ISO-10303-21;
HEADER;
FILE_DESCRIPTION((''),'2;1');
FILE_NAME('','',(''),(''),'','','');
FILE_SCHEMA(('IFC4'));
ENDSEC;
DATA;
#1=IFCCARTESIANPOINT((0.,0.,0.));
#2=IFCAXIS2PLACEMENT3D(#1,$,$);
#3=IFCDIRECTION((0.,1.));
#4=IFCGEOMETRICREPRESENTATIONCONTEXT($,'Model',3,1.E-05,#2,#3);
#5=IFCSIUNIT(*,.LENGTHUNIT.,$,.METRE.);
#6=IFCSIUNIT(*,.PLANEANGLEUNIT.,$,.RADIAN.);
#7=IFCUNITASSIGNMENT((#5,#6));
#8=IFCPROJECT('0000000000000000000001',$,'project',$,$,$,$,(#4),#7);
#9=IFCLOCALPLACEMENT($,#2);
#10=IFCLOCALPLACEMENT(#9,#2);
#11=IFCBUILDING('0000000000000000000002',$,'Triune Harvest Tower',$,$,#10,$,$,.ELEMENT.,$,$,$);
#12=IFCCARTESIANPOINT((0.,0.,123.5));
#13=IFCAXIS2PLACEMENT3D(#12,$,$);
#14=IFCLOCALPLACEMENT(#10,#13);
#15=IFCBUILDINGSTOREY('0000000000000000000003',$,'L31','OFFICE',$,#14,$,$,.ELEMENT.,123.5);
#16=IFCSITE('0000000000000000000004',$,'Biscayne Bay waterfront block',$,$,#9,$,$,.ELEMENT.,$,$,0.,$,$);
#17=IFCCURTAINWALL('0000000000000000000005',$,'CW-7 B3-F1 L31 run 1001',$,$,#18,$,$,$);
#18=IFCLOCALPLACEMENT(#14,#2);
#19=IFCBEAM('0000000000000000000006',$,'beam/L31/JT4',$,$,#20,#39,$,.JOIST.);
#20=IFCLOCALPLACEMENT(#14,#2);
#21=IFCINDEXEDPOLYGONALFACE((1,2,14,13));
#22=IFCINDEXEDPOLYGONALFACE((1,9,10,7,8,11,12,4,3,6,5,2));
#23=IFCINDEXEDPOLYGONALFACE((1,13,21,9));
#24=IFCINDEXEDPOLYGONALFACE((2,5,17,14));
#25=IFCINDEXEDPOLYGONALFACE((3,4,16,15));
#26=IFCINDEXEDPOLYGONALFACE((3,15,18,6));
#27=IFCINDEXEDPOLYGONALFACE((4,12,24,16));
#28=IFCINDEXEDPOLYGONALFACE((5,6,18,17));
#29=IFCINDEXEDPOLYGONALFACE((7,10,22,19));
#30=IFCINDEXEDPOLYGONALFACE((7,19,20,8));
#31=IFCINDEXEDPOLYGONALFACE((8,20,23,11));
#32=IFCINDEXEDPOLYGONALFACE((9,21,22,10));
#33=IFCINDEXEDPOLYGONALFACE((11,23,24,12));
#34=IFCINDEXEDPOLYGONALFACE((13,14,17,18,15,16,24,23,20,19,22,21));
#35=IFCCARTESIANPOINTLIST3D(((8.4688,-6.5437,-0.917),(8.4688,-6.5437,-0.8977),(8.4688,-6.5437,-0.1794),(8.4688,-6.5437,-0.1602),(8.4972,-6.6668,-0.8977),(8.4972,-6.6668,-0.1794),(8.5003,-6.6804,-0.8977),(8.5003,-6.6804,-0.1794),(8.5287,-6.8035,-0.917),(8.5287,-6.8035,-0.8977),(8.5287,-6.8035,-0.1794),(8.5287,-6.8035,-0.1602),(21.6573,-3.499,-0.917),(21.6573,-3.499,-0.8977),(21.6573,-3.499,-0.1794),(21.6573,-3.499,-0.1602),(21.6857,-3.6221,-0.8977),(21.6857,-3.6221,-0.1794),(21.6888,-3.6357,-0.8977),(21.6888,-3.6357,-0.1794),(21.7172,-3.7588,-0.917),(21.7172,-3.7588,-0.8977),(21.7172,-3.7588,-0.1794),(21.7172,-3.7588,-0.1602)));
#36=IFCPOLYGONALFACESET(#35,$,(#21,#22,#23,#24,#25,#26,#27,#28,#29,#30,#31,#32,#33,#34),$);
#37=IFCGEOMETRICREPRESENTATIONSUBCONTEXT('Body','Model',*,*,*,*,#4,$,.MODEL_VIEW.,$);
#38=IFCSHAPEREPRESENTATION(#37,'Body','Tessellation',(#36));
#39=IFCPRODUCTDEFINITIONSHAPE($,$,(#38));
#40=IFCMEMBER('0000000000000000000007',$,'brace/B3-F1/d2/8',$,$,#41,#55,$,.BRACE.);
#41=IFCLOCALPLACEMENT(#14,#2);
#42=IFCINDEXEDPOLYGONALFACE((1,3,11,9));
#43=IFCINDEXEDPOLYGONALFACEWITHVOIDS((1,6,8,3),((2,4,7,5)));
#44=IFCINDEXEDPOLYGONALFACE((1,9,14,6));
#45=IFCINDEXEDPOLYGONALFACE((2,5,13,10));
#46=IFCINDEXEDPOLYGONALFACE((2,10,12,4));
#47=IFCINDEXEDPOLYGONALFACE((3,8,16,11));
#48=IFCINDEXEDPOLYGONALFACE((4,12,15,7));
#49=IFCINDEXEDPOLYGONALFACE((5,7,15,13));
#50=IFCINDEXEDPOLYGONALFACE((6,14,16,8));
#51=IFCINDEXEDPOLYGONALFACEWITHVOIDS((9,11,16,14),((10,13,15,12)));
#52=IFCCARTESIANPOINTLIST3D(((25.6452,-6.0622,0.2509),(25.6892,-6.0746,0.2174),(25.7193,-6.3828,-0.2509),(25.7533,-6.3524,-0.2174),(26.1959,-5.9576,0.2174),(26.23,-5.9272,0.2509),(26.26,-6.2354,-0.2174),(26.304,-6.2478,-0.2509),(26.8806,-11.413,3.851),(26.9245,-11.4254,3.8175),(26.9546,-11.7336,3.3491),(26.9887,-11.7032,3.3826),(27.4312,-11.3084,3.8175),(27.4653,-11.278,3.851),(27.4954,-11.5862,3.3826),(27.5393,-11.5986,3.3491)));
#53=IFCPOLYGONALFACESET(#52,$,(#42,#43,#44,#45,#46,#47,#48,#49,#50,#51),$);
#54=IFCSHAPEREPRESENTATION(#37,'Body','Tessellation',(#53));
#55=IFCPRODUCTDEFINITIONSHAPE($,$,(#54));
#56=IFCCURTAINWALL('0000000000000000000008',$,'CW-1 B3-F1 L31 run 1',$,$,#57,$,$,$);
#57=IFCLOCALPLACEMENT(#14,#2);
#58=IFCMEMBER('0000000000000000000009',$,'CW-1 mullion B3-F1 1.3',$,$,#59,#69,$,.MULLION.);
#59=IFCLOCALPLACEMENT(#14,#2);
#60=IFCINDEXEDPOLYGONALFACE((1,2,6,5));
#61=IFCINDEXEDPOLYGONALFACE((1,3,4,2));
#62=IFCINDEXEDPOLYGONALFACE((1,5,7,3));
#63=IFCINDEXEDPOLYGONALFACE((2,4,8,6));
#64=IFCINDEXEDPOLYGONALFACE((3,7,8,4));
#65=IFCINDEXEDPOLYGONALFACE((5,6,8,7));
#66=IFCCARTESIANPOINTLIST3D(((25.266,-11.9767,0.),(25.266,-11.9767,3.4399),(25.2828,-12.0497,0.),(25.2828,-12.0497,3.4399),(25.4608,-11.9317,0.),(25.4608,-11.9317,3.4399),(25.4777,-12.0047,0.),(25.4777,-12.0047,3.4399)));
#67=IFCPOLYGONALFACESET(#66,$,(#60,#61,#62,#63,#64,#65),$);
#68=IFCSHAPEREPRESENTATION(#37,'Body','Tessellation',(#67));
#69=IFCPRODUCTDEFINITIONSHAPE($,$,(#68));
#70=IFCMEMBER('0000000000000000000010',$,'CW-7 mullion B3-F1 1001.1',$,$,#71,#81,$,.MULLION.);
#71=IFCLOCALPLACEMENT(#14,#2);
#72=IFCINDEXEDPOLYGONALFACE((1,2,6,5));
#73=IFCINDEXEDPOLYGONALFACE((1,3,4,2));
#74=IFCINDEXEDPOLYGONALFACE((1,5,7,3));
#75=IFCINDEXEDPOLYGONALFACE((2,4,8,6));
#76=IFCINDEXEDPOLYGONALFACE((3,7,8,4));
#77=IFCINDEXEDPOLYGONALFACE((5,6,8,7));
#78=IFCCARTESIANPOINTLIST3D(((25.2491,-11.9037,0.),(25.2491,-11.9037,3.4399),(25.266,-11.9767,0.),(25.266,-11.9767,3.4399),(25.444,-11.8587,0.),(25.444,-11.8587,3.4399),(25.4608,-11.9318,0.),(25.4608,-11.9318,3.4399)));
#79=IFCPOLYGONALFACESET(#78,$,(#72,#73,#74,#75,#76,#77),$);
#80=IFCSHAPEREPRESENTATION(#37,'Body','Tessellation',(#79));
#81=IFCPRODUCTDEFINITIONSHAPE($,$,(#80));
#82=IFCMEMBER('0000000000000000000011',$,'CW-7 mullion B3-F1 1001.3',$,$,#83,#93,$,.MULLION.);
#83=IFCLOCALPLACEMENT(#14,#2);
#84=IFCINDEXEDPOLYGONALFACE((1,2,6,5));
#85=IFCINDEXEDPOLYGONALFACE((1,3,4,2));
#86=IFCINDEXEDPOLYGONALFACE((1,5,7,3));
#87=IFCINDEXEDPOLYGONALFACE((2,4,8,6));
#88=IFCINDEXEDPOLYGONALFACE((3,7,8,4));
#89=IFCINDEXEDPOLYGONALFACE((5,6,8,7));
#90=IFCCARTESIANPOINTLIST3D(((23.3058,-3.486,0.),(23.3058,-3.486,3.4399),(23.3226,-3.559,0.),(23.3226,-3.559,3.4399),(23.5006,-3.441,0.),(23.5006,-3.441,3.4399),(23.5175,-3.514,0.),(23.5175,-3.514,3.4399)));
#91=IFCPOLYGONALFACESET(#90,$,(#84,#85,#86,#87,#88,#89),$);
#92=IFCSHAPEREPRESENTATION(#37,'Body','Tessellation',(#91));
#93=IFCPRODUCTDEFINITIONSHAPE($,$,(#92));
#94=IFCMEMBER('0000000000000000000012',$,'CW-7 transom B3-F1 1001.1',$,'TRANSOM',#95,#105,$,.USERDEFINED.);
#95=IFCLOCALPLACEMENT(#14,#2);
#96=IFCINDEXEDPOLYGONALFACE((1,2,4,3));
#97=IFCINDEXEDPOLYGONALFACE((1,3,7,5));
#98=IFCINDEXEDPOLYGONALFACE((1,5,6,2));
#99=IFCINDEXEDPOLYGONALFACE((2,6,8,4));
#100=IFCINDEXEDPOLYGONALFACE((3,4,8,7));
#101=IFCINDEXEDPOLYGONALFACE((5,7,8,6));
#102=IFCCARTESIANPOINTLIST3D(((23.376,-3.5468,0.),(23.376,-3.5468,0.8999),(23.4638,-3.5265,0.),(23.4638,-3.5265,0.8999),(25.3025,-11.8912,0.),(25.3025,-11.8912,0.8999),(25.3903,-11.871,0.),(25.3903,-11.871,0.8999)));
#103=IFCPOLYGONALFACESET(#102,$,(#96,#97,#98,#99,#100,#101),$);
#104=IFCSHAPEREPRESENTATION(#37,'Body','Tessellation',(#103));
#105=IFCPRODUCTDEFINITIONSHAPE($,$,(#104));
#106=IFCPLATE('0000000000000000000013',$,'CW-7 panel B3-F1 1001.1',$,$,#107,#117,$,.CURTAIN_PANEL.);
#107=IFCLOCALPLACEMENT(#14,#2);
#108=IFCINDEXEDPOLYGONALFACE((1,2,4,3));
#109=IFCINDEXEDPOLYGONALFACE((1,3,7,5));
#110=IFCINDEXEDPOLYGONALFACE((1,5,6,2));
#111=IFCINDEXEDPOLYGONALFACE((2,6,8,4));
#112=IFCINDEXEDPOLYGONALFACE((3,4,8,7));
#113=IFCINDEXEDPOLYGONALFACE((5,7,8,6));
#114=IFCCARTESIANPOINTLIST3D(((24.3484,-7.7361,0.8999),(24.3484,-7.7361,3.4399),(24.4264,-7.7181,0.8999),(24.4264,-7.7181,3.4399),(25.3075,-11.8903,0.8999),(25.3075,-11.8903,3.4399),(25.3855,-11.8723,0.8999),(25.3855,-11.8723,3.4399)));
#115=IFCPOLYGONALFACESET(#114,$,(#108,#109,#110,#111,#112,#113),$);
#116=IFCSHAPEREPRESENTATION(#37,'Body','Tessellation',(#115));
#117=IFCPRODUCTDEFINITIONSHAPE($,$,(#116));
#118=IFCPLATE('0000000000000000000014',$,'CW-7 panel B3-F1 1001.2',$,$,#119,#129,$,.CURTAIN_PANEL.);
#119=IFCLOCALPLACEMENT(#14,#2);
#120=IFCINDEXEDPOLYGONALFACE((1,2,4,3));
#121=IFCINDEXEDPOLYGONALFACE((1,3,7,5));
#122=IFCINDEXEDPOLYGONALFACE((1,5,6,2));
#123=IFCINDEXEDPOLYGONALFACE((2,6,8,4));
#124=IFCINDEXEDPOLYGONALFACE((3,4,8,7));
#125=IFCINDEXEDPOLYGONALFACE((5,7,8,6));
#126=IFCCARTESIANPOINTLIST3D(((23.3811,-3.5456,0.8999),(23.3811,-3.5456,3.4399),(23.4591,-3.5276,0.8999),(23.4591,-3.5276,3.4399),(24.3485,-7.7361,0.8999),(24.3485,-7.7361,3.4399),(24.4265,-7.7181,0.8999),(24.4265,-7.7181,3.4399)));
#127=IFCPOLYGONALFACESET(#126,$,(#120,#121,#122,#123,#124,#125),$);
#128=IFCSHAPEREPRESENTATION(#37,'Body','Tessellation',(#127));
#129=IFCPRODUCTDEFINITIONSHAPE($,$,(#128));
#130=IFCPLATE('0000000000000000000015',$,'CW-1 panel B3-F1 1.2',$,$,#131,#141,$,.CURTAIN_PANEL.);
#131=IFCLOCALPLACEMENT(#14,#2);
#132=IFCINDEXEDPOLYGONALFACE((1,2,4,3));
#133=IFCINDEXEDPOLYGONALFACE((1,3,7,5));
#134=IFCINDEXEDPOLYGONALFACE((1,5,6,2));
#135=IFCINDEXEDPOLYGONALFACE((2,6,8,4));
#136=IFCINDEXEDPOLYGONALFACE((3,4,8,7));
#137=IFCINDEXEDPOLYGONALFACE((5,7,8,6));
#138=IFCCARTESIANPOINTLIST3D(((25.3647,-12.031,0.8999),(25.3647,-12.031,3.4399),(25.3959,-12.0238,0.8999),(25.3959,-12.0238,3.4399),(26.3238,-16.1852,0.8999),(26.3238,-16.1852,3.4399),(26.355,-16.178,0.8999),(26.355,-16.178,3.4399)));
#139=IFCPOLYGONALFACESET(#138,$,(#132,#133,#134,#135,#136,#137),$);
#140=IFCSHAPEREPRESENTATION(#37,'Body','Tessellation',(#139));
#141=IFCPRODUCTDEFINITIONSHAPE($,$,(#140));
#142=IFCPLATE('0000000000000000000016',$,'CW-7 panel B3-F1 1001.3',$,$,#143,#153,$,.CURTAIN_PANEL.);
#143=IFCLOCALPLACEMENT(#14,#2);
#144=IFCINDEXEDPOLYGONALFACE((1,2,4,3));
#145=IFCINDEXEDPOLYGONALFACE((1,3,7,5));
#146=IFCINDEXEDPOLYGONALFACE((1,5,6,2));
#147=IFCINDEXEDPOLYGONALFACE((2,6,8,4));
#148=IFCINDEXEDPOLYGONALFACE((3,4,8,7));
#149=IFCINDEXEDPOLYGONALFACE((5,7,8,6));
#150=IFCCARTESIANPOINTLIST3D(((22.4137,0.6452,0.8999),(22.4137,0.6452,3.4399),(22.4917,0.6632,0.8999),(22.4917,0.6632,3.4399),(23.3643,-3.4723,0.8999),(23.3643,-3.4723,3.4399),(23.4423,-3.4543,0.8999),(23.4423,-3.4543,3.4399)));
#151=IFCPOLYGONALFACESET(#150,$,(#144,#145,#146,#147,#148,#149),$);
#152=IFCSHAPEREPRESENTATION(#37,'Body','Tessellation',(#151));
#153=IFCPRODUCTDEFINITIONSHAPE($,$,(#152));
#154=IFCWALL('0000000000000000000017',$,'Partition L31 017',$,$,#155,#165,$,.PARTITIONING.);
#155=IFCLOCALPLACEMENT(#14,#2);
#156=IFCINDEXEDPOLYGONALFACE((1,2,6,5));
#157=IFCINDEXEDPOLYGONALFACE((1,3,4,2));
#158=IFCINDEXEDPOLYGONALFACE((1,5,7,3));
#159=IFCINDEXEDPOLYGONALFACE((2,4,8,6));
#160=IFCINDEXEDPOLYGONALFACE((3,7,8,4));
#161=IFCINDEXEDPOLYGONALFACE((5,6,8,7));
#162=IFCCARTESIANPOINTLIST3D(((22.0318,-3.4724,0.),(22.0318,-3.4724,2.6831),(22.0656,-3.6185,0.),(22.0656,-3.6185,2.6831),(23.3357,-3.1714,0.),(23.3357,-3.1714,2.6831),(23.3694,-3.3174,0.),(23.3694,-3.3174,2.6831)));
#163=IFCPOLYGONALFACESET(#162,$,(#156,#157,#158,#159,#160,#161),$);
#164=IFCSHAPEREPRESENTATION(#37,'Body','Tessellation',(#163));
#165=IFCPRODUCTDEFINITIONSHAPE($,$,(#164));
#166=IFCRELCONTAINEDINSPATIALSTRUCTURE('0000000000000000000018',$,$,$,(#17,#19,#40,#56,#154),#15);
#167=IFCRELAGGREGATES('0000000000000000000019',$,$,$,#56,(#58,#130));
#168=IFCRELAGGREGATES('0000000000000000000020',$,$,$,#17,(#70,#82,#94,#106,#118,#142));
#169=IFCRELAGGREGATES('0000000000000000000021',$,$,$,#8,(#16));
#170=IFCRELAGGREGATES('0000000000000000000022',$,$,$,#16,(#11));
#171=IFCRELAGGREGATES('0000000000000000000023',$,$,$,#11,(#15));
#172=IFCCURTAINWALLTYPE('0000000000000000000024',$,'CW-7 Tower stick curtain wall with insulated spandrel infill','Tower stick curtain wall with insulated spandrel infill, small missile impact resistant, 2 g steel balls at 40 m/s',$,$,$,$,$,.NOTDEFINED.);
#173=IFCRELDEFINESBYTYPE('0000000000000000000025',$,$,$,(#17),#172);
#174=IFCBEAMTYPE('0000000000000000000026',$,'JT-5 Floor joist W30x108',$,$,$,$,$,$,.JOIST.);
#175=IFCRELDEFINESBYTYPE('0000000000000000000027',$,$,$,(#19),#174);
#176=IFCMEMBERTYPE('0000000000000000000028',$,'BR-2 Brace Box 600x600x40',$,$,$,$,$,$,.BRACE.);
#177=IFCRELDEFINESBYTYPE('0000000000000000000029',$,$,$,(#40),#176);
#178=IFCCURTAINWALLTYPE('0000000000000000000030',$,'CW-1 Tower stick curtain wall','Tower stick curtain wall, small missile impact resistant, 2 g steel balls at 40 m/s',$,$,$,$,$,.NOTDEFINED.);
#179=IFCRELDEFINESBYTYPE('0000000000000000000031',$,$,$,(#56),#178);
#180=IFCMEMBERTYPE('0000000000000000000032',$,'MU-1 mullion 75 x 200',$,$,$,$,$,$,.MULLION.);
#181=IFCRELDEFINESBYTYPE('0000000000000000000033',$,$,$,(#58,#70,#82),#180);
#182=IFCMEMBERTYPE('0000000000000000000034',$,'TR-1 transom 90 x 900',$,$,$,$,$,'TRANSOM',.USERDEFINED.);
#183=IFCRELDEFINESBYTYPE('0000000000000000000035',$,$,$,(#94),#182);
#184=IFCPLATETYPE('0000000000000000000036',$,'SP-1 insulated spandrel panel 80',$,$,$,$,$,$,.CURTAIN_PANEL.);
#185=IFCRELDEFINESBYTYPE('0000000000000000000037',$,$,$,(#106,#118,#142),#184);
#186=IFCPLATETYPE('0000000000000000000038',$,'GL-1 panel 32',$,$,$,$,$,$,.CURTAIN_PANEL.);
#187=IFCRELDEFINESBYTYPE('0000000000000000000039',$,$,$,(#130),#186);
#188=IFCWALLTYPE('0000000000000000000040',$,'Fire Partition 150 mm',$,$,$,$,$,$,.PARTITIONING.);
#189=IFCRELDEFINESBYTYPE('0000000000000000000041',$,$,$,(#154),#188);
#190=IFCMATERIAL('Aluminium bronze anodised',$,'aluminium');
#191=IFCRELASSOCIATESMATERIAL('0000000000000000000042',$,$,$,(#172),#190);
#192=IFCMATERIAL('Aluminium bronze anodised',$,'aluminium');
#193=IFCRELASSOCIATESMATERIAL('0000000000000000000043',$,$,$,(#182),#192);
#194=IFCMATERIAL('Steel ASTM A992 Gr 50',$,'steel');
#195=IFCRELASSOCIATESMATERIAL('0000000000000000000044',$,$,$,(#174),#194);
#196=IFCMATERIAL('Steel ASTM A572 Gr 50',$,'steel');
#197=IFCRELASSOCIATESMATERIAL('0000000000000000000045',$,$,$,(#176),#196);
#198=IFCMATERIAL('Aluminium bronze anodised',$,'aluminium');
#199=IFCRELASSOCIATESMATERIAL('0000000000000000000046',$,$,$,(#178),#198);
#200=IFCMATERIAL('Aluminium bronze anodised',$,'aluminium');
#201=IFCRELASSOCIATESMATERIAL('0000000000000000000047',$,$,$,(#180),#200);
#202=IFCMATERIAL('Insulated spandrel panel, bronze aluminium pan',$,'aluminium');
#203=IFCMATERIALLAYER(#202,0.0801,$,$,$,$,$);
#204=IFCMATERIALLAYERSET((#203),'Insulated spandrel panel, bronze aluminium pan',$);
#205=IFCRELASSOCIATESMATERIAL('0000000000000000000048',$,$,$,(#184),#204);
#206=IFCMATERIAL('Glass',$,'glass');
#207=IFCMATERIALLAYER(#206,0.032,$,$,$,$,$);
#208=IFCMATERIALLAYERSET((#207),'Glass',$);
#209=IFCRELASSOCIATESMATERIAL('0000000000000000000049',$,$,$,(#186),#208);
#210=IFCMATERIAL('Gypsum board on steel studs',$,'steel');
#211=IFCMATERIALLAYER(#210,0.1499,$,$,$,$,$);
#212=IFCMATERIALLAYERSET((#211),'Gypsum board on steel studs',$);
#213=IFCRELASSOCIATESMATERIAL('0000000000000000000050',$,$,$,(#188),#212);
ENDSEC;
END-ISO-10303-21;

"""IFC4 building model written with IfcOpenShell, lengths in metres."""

from ifc_helpers import new_model, si_unit, direction, frame, frame_2d, origin, origin_2d, place, context, subcontext, project, spatial, rectangle, hollow_rectangle, i_section, extrude, source, transform, mapped, material, layer, layer_set, material_profile, profile_set, type_object, element, aggregate, save


model = new_model("IFC4")

# Units and contexts
model_context = context("Model", 3, precision=1e-05, world=origin(), true_north=direction((0.0, 1.0)))
body_context = subcontext(model_context, "Body", "Model", "MODEL_VIEW")
ifc_project = project(units=[si_unit("LENGTHUNIT", "METRE"), si_unit("PLANEANGLEUNIT", "RADIAN")], contexts=[model_context])

# Site, building, storey
site_placement = place(None, origin())
site = spatial("IfcSite", under=ifc_project, at=site_placement, Name="Biscayne Bay waterfront block", CompositionType="ELEMENT", RefElevation=0.0)
building_placement = place(site_placement, origin())
building = spatial("IfcBuilding", under=site, at=building_placement, Name="Triune Harvest Tower", CompositionType="ELEMENT")
storey_placement = place(building_placement, frame((0.0, 0.0, 123.5)))
storey = spatial("IfcBuildingStorey", under=building, at=storey_placement, Name="L31", Description="OFFICE", CompositionType="ELEMENT", Elevation=123.5)

# Curtain wall
ifc_material_1 = material(Name="Aluminium bronze anodised", Category="aluminium")
curtain_wall_type_1 = type_object("IfcCurtainWallType", Name="CW-7 Tower stick curtain wall with insulated spandrel infill", Description="Tower stick curtain wall with insulated spandrel infill, small missile impact resistant, 2 g steel balls at 40 m/s", PredefinedType="NOTDEFINED", material=ifc_material_1)
curtain_wall_1_placement = place(storey_placement, origin())
curtain_wall_1 = element("IfcCurtainWall", 1, at=curtain_wall_1_placement, inside=storey, type_object=curtain_wall_type_1, Name="CW-7 B3-F1 L31 run 1001")
ifc_material_2 = material(Name="Aluminium bronze anodised", Category="aluminium")
ifc_material_profile_1 = material_profile(ifc_material_2, rectangle(XDim=0.0901, YDim=0.8999, at=origin_2d()), Name="TR-1 transom 90 x 900")
ifc_profile_set_1 = profile_set([ifc_material_profile_1], Name="Aluminium bronze anodised")
member_type_1 = type_object("IfcMemberType", Name="TR-1 transom 90 x 900", ElementType="TRANSOM", PredefinedType="USERDEFINED", material=ifc_profile_set_1)

# Beam
ifc_material_3 = material(Name="Steel ASTM A992 Gr 50", Category="steel")
ifc_material_profile_2 = material_profile(ifc_material_3, i_section(OverallWidth=0.2666, OverallDepth=0.7568, WebThickness=0.0139, FlangeThickness=0.0193, at=origin_2d()), Name="W30x108")
ifc_profile_set_2 = profile_set([ifc_material_profile_2], Name="Steel ASTM A992 Gr 50")
beam_type_1 = type_object("IfcBeamType", Name="JT-5 Floor joist W30x108", PredefinedType="JOIST", material=ifc_profile_set_2)
shared_shape_1 = source(origin(), body_context, "Body", "SweptSolid", [
    extrude(i_section(OverallWidth=0.2666, OverallDepth=0.7568, WebThickness=0.0139, FlangeThickness=0.0193, at=origin_2d()), origin(), (0.0, 0.0, 1.0), 13.5354),
])
beam_1_placement = place(storey_placement, frame((21.6873, -3.6289, -0.5386), z_axis=(-0.974372, -0.224942, 0.0), x_axis=(0.224942, -0.974372, 0.0)))
element("IfcBeam", 2, at=beam_1_placement, inside=storey, type_object=beam_type_1, Name="beam/L31/JT4", PredefinedType="JOIST", context=body_context, shape_type="MappedRepresentation", body=[
    mapped(shared_shape_1, transform((0.0, 0.0, 0.0), scale=1.0)),
])

# Member
ifc_material_4 = material(Name="Steel ASTM A572 Gr 50", Category="steel")
ifc_material_profile_3 = material_profile(ifc_material_4, hollow_rectangle(XDim=0.6001, YDim=0.6001, WallThickness=0.04, at=origin_2d()), Name="Box 600x600x40")
ifc_profile_set_3 = profile_set([ifc_material_profile_3], Name="Steel ASTM A572 Gr 50")
member_type_2 = type_object("IfcMemberType", Name="BR-2 Brace Box 600x600x40", PredefinedType="BRACE", material=ifc_profile_set_3)
shared_shape_2 = source(origin(), body_context, "Body", "SweptSolid", [
    extrude(hollow_rectangle(XDim=0.6001, YDim=0.6001, WallThickness=0.04, at=origin_2d()), origin(), (0.0, 0.0, 1.0), 6.5664),
])
member_1_placement = place(storey_placement, frame((25.9746, -6.155, 0.0), z_axis=(0.188131, -0.814875, 0.548257), x_axis=(0.974369, 0.224954, 0.0)))
element("IfcMember", 3, at=member_1_placement, inside=storey, type_object=member_type_2, Name="brace/B3-F1/d2/8", PredefinedType="BRACE", context=body_context, shape_type="MappedRepresentation", body=[
    mapped(shared_shape_2, transform((0.0, 0.0, 0.0), scale=1.0)),
])

# Curtain wall, member
ifc_material_5 = material(Name="Aluminium bronze anodised", Category="aluminium")
curtain_wall_type_2 = type_object("IfcCurtainWallType", Name="CW-1 Tower stick curtain wall", Description="Tower stick curtain wall, small missile impact resistant, 2 g steel balls at 40 m/s", PredefinedType="NOTDEFINED", material=ifc_material_5)
curtain_wall_2_placement = place(storey_placement, origin())
curtain_wall_2 = element("IfcCurtainWall", 4, at=curtain_wall_2_placement, inside=storey, type_object=curtain_wall_type_2, Name="CW-1 B3-F1 L31 run 1")
ifc_material_6 = material(Name="Aluminium bronze anodised", Category="aluminium")
ifc_material_profile_4 = material_profile(ifc_material_6, rectangle(XDim=0.2, YDim=0.075, at=origin_2d()), Name="MU-1 mullion 75 x 200")
ifc_profile_set_4 = profile_set([ifc_material_profile_4], Name="Aluminium bronze anodised")
member_type_3 = type_object("IfcMemberType", Name="MU-1 mullion 75 x 200", PredefinedType="MULLION", material=ifc_profile_set_4)
shared_shape_3 = source(origin(), body_context, "Body", "SweptSolid", [
    extrude(rectangle(XDim=0.2, YDim=0.075, at=origin_2d()), origin(), (0.0, 0.0, 1.0), 3.4399),
])
member_2_placement = place(storey_placement, frame((25.3718, -11.9907, 0.0), z_axis=(0.0, 0.0, 1.0), x_axis=(-0.974369, -0.224954, 0.0)))
member_2 = element("IfcMember", 5, at=member_2_placement, type_object=member_type_3, Name="CW-1 mullion B3-F1 1.3", PredefinedType="MULLION", context=body_context, shape_type="MappedRepresentation", body=[
    mapped(shared_shape_3, transform((0.0, 0.0, 0.0), scale=1.0)),
])

# Members
member_3_placement = place(storey_placement, frame((25.355, -11.9177, 0.0), z_axis=(0.0, 0.0, 1.0), x_axis=(-0.974371, -0.224947, 0.0)))
member_3 = element("IfcMember", 6, at=member_3_placement, type_object=member_type_3, Name="CW-7 mullion B3-F1 1001.1", PredefinedType="MULLION", context=body_context, shape_type="MappedRepresentation", body=[
    mapped(shared_shape_3, transform((0.0, 0.0, 0.0), scale=1.0)),
])
member_4_placement = place(storey_placement, frame((23.4116, -3.5, 0.0), z_axis=(0.0, 0.0, 1.0), x_axis=(-0.974371, -0.224947, 0.0)))
member_4 = element("IfcMember", 7, at=member_4_placement, type_object=member_type_3, Name="CW-7 mullion B3-F1 1001.3", PredefinedType="MULLION", context=body_context, shape_type="MappedRepresentation", body=[
    mapped(shared_shape_3, transform((0.0, 0.0, 0.0), scale=1.0)),
])
shared_shape_4 = source(origin(), body_context, "Body", "SweptSolid", [
    extrude(rectangle(XDim=0.0901, YDim=0.8999, at=origin_2d()), origin(), (0.0, 0.0, 1.0), 8.564),
])
member_5_placement = place(storey_placement, frame((25.3464, -11.8811, 0.45), z_axis=(-0.224955, 0.974369, 0.0), x_axis=(-0.974369, -0.224955, 0.0)))
member_5 = element("IfcMember", 8, at=member_5_placement, type_object=member_type_1, Name="CW-7 transom B3-F1 1001.1", ObjectType="TRANSOM", PredefinedType="USERDEFINED", context=body_context, shape_type="MappedRepresentation", body=[
    mapped(shared_shape_4, transform((0.0, 0.0, 0.0), scale=1.0)),
])

# Plates
ifc_material_7 = material(Name="Insulated spandrel panel, bronze aluminium pan", Category="aluminium")
ifc_layer_1 = layer(ifc_material_7, 0.0801)
ifc_layer_set_1 = layer_set([ifc_layer_1], Name="Insulated spandrel panel, bronze aluminium pan")
plate_type_1 = type_object("IfcPlateType", Name="SP-1 insulated spandrel panel 80", PredefinedType="CURTAIN_PANEL", material=ifc_layer_set_1)
shared_shape_5 = source(origin(), body_context, "Body", "SweptSolid", [
    extrude(rectangle(XDim=4.2634, YDim=0.0801, at=origin_2d()), origin(), (0.0, 0.0, 1.0), 2.54),
])
plate_1_placement = place(storey_placement, frame((24.8669, -9.8042, 0.8999), z_axis=(0.0, 0.0, 1.0), x_axis=(-0.224947, 0.974371, 0.0)))
plate_1 = element("IfcPlate", 9, at=plate_1_placement, type_object=plate_type_1, Name="CW-7 panel B3-F1 1001.1", PredefinedType="CURTAIN_PANEL", context=body_context, shape_type="MappedRepresentation", body=[
    mapped(shared_shape_5, transform((0.0, 0.0, 0.0), scale=1.0)),
])
shared_shape_6 = source(origin(), body_context, "Body", "SweptSolid", [
    extrude(rectangle(XDim=4.3008, YDim=0.0801, at=origin_2d()), origin(), (0.0, 0.0, 1.0), 2.54),
])
plate_2_placement = place(storey_placement, frame((23.9038, -5.6318, 0.8999), z_axis=(0.0, 0.0, 1.0), x_axis=(-0.224947, 0.974371, 0.0)))
plate_2 = element("IfcPlate", 10, at=plate_2_placement, type_object=plate_type_1, Name="CW-7 panel B3-F1 1001.2", PredefinedType="CURTAIN_PANEL", context=body_context, shape_type="MappedRepresentation", body=[
    mapped(shared_shape_6, transform((0.0, 0.0, 0.0), scale=1.0)),
])
ifc_material_8 = material(Name="Glass", Category="glass")
ifc_layer_2 = layer(ifc_material_8, 0.032)
ifc_layer_set_2 = layer_set([ifc_layer_2], Name="Glass")
plate_type_2 = type_object("IfcPlateType", Name="GL-1 panel 32", PredefinedType="CURTAIN_PANEL", material=ifc_layer_set_2)
shared_shape_7 = source(origin(), body_context, "Body", "SweptSolid", [
    extrude(rectangle(XDim=4.2634, YDim=0.032, at=origin_2d()), origin(), (0.0, 0.0, 1.0), 2.54),
])
plate_3_placement = place(storey_placement, frame((25.8599, -14.1045, 0.8999), z_axis=(0.0, 0.0, 1.0), x_axis=(-0.224954, 0.974369, 0.0)))
plate_3 = element("IfcPlate", 11, at=plate_3_placement, type_object=plate_type_2, Name="CW-1 panel B3-F1 1.2", PredefinedType="CURTAIN_PANEL", context=body_context, shape_type="MappedRepresentation", body=[
    mapped(shared_shape_7, transform((0.0, 0.0, 0.0), scale=1.0)),
])
aggregate(curtain_wall_2, [member_2, plate_3])
shared_shape_8 = source(origin(), body_context, "Body", "SweptSolid", [
    extrude(rectangle(XDim=4.2258, YDim=0.0801, at=origin_2d()), origin(), (0.0, 0.0, 1.0), 2.54),
])
plate_4_placement = place(storey_placement, frame((22.928, -1.4045, 0.8999), z_axis=(0.0, 0.0, 1.0), x_axis=(-0.224947, 0.974371, 0.0)))
plate_4 = element("IfcPlate", 12, at=plate_4_placement, type_object=plate_type_1, Name="CW-7 panel B3-F1 1001.3", PredefinedType="CURTAIN_PANEL", context=body_context, shape_type="MappedRepresentation", body=[
    mapped(shared_shape_8, transform((0.0, 0.0, 0.0), scale=1.0)),
])
aggregate(curtain_wall_1, [member_3, member_4, member_5, plate_1, plate_2, plate_4])

# Wall
ifc_material_9 = material(Name="Gypsum board on steel studs", Category="steel")
ifc_layer_3 = layer(ifc_material_9, 0.1499)
ifc_layer_set_3 = layer_set([ifc_layer_3], Name="Gypsum board on steel studs")
wall_type = type_object("IfcWallType", Name="Fire Partition 150 mm", PredefinedType="PARTITIONING", material=ifc_layer_set_3)
wall_1_placement = place(storey_placement, frame((22.0488, -3.5454, 0.0), z_axis=(0.0, 0.0, 1.0), x_axis=(0.974364, 0.224979, 0.0)))
element("IfcWall", 13, at=wall_1_placement, inside=storey, type_object=wall_type, Name="Partition L31 017", PredefinedType="PARTITIONING", context=body_context, shape_type="SweptSolid", body=[
    extrude(rectangle(XDim=1.3381, YDim=0.1499, at=frame_2d((0.6689, 0.0))), origin(), (0.0, 0.0, 1.0), 2.6831),
])

save(model, "model.ifc")
